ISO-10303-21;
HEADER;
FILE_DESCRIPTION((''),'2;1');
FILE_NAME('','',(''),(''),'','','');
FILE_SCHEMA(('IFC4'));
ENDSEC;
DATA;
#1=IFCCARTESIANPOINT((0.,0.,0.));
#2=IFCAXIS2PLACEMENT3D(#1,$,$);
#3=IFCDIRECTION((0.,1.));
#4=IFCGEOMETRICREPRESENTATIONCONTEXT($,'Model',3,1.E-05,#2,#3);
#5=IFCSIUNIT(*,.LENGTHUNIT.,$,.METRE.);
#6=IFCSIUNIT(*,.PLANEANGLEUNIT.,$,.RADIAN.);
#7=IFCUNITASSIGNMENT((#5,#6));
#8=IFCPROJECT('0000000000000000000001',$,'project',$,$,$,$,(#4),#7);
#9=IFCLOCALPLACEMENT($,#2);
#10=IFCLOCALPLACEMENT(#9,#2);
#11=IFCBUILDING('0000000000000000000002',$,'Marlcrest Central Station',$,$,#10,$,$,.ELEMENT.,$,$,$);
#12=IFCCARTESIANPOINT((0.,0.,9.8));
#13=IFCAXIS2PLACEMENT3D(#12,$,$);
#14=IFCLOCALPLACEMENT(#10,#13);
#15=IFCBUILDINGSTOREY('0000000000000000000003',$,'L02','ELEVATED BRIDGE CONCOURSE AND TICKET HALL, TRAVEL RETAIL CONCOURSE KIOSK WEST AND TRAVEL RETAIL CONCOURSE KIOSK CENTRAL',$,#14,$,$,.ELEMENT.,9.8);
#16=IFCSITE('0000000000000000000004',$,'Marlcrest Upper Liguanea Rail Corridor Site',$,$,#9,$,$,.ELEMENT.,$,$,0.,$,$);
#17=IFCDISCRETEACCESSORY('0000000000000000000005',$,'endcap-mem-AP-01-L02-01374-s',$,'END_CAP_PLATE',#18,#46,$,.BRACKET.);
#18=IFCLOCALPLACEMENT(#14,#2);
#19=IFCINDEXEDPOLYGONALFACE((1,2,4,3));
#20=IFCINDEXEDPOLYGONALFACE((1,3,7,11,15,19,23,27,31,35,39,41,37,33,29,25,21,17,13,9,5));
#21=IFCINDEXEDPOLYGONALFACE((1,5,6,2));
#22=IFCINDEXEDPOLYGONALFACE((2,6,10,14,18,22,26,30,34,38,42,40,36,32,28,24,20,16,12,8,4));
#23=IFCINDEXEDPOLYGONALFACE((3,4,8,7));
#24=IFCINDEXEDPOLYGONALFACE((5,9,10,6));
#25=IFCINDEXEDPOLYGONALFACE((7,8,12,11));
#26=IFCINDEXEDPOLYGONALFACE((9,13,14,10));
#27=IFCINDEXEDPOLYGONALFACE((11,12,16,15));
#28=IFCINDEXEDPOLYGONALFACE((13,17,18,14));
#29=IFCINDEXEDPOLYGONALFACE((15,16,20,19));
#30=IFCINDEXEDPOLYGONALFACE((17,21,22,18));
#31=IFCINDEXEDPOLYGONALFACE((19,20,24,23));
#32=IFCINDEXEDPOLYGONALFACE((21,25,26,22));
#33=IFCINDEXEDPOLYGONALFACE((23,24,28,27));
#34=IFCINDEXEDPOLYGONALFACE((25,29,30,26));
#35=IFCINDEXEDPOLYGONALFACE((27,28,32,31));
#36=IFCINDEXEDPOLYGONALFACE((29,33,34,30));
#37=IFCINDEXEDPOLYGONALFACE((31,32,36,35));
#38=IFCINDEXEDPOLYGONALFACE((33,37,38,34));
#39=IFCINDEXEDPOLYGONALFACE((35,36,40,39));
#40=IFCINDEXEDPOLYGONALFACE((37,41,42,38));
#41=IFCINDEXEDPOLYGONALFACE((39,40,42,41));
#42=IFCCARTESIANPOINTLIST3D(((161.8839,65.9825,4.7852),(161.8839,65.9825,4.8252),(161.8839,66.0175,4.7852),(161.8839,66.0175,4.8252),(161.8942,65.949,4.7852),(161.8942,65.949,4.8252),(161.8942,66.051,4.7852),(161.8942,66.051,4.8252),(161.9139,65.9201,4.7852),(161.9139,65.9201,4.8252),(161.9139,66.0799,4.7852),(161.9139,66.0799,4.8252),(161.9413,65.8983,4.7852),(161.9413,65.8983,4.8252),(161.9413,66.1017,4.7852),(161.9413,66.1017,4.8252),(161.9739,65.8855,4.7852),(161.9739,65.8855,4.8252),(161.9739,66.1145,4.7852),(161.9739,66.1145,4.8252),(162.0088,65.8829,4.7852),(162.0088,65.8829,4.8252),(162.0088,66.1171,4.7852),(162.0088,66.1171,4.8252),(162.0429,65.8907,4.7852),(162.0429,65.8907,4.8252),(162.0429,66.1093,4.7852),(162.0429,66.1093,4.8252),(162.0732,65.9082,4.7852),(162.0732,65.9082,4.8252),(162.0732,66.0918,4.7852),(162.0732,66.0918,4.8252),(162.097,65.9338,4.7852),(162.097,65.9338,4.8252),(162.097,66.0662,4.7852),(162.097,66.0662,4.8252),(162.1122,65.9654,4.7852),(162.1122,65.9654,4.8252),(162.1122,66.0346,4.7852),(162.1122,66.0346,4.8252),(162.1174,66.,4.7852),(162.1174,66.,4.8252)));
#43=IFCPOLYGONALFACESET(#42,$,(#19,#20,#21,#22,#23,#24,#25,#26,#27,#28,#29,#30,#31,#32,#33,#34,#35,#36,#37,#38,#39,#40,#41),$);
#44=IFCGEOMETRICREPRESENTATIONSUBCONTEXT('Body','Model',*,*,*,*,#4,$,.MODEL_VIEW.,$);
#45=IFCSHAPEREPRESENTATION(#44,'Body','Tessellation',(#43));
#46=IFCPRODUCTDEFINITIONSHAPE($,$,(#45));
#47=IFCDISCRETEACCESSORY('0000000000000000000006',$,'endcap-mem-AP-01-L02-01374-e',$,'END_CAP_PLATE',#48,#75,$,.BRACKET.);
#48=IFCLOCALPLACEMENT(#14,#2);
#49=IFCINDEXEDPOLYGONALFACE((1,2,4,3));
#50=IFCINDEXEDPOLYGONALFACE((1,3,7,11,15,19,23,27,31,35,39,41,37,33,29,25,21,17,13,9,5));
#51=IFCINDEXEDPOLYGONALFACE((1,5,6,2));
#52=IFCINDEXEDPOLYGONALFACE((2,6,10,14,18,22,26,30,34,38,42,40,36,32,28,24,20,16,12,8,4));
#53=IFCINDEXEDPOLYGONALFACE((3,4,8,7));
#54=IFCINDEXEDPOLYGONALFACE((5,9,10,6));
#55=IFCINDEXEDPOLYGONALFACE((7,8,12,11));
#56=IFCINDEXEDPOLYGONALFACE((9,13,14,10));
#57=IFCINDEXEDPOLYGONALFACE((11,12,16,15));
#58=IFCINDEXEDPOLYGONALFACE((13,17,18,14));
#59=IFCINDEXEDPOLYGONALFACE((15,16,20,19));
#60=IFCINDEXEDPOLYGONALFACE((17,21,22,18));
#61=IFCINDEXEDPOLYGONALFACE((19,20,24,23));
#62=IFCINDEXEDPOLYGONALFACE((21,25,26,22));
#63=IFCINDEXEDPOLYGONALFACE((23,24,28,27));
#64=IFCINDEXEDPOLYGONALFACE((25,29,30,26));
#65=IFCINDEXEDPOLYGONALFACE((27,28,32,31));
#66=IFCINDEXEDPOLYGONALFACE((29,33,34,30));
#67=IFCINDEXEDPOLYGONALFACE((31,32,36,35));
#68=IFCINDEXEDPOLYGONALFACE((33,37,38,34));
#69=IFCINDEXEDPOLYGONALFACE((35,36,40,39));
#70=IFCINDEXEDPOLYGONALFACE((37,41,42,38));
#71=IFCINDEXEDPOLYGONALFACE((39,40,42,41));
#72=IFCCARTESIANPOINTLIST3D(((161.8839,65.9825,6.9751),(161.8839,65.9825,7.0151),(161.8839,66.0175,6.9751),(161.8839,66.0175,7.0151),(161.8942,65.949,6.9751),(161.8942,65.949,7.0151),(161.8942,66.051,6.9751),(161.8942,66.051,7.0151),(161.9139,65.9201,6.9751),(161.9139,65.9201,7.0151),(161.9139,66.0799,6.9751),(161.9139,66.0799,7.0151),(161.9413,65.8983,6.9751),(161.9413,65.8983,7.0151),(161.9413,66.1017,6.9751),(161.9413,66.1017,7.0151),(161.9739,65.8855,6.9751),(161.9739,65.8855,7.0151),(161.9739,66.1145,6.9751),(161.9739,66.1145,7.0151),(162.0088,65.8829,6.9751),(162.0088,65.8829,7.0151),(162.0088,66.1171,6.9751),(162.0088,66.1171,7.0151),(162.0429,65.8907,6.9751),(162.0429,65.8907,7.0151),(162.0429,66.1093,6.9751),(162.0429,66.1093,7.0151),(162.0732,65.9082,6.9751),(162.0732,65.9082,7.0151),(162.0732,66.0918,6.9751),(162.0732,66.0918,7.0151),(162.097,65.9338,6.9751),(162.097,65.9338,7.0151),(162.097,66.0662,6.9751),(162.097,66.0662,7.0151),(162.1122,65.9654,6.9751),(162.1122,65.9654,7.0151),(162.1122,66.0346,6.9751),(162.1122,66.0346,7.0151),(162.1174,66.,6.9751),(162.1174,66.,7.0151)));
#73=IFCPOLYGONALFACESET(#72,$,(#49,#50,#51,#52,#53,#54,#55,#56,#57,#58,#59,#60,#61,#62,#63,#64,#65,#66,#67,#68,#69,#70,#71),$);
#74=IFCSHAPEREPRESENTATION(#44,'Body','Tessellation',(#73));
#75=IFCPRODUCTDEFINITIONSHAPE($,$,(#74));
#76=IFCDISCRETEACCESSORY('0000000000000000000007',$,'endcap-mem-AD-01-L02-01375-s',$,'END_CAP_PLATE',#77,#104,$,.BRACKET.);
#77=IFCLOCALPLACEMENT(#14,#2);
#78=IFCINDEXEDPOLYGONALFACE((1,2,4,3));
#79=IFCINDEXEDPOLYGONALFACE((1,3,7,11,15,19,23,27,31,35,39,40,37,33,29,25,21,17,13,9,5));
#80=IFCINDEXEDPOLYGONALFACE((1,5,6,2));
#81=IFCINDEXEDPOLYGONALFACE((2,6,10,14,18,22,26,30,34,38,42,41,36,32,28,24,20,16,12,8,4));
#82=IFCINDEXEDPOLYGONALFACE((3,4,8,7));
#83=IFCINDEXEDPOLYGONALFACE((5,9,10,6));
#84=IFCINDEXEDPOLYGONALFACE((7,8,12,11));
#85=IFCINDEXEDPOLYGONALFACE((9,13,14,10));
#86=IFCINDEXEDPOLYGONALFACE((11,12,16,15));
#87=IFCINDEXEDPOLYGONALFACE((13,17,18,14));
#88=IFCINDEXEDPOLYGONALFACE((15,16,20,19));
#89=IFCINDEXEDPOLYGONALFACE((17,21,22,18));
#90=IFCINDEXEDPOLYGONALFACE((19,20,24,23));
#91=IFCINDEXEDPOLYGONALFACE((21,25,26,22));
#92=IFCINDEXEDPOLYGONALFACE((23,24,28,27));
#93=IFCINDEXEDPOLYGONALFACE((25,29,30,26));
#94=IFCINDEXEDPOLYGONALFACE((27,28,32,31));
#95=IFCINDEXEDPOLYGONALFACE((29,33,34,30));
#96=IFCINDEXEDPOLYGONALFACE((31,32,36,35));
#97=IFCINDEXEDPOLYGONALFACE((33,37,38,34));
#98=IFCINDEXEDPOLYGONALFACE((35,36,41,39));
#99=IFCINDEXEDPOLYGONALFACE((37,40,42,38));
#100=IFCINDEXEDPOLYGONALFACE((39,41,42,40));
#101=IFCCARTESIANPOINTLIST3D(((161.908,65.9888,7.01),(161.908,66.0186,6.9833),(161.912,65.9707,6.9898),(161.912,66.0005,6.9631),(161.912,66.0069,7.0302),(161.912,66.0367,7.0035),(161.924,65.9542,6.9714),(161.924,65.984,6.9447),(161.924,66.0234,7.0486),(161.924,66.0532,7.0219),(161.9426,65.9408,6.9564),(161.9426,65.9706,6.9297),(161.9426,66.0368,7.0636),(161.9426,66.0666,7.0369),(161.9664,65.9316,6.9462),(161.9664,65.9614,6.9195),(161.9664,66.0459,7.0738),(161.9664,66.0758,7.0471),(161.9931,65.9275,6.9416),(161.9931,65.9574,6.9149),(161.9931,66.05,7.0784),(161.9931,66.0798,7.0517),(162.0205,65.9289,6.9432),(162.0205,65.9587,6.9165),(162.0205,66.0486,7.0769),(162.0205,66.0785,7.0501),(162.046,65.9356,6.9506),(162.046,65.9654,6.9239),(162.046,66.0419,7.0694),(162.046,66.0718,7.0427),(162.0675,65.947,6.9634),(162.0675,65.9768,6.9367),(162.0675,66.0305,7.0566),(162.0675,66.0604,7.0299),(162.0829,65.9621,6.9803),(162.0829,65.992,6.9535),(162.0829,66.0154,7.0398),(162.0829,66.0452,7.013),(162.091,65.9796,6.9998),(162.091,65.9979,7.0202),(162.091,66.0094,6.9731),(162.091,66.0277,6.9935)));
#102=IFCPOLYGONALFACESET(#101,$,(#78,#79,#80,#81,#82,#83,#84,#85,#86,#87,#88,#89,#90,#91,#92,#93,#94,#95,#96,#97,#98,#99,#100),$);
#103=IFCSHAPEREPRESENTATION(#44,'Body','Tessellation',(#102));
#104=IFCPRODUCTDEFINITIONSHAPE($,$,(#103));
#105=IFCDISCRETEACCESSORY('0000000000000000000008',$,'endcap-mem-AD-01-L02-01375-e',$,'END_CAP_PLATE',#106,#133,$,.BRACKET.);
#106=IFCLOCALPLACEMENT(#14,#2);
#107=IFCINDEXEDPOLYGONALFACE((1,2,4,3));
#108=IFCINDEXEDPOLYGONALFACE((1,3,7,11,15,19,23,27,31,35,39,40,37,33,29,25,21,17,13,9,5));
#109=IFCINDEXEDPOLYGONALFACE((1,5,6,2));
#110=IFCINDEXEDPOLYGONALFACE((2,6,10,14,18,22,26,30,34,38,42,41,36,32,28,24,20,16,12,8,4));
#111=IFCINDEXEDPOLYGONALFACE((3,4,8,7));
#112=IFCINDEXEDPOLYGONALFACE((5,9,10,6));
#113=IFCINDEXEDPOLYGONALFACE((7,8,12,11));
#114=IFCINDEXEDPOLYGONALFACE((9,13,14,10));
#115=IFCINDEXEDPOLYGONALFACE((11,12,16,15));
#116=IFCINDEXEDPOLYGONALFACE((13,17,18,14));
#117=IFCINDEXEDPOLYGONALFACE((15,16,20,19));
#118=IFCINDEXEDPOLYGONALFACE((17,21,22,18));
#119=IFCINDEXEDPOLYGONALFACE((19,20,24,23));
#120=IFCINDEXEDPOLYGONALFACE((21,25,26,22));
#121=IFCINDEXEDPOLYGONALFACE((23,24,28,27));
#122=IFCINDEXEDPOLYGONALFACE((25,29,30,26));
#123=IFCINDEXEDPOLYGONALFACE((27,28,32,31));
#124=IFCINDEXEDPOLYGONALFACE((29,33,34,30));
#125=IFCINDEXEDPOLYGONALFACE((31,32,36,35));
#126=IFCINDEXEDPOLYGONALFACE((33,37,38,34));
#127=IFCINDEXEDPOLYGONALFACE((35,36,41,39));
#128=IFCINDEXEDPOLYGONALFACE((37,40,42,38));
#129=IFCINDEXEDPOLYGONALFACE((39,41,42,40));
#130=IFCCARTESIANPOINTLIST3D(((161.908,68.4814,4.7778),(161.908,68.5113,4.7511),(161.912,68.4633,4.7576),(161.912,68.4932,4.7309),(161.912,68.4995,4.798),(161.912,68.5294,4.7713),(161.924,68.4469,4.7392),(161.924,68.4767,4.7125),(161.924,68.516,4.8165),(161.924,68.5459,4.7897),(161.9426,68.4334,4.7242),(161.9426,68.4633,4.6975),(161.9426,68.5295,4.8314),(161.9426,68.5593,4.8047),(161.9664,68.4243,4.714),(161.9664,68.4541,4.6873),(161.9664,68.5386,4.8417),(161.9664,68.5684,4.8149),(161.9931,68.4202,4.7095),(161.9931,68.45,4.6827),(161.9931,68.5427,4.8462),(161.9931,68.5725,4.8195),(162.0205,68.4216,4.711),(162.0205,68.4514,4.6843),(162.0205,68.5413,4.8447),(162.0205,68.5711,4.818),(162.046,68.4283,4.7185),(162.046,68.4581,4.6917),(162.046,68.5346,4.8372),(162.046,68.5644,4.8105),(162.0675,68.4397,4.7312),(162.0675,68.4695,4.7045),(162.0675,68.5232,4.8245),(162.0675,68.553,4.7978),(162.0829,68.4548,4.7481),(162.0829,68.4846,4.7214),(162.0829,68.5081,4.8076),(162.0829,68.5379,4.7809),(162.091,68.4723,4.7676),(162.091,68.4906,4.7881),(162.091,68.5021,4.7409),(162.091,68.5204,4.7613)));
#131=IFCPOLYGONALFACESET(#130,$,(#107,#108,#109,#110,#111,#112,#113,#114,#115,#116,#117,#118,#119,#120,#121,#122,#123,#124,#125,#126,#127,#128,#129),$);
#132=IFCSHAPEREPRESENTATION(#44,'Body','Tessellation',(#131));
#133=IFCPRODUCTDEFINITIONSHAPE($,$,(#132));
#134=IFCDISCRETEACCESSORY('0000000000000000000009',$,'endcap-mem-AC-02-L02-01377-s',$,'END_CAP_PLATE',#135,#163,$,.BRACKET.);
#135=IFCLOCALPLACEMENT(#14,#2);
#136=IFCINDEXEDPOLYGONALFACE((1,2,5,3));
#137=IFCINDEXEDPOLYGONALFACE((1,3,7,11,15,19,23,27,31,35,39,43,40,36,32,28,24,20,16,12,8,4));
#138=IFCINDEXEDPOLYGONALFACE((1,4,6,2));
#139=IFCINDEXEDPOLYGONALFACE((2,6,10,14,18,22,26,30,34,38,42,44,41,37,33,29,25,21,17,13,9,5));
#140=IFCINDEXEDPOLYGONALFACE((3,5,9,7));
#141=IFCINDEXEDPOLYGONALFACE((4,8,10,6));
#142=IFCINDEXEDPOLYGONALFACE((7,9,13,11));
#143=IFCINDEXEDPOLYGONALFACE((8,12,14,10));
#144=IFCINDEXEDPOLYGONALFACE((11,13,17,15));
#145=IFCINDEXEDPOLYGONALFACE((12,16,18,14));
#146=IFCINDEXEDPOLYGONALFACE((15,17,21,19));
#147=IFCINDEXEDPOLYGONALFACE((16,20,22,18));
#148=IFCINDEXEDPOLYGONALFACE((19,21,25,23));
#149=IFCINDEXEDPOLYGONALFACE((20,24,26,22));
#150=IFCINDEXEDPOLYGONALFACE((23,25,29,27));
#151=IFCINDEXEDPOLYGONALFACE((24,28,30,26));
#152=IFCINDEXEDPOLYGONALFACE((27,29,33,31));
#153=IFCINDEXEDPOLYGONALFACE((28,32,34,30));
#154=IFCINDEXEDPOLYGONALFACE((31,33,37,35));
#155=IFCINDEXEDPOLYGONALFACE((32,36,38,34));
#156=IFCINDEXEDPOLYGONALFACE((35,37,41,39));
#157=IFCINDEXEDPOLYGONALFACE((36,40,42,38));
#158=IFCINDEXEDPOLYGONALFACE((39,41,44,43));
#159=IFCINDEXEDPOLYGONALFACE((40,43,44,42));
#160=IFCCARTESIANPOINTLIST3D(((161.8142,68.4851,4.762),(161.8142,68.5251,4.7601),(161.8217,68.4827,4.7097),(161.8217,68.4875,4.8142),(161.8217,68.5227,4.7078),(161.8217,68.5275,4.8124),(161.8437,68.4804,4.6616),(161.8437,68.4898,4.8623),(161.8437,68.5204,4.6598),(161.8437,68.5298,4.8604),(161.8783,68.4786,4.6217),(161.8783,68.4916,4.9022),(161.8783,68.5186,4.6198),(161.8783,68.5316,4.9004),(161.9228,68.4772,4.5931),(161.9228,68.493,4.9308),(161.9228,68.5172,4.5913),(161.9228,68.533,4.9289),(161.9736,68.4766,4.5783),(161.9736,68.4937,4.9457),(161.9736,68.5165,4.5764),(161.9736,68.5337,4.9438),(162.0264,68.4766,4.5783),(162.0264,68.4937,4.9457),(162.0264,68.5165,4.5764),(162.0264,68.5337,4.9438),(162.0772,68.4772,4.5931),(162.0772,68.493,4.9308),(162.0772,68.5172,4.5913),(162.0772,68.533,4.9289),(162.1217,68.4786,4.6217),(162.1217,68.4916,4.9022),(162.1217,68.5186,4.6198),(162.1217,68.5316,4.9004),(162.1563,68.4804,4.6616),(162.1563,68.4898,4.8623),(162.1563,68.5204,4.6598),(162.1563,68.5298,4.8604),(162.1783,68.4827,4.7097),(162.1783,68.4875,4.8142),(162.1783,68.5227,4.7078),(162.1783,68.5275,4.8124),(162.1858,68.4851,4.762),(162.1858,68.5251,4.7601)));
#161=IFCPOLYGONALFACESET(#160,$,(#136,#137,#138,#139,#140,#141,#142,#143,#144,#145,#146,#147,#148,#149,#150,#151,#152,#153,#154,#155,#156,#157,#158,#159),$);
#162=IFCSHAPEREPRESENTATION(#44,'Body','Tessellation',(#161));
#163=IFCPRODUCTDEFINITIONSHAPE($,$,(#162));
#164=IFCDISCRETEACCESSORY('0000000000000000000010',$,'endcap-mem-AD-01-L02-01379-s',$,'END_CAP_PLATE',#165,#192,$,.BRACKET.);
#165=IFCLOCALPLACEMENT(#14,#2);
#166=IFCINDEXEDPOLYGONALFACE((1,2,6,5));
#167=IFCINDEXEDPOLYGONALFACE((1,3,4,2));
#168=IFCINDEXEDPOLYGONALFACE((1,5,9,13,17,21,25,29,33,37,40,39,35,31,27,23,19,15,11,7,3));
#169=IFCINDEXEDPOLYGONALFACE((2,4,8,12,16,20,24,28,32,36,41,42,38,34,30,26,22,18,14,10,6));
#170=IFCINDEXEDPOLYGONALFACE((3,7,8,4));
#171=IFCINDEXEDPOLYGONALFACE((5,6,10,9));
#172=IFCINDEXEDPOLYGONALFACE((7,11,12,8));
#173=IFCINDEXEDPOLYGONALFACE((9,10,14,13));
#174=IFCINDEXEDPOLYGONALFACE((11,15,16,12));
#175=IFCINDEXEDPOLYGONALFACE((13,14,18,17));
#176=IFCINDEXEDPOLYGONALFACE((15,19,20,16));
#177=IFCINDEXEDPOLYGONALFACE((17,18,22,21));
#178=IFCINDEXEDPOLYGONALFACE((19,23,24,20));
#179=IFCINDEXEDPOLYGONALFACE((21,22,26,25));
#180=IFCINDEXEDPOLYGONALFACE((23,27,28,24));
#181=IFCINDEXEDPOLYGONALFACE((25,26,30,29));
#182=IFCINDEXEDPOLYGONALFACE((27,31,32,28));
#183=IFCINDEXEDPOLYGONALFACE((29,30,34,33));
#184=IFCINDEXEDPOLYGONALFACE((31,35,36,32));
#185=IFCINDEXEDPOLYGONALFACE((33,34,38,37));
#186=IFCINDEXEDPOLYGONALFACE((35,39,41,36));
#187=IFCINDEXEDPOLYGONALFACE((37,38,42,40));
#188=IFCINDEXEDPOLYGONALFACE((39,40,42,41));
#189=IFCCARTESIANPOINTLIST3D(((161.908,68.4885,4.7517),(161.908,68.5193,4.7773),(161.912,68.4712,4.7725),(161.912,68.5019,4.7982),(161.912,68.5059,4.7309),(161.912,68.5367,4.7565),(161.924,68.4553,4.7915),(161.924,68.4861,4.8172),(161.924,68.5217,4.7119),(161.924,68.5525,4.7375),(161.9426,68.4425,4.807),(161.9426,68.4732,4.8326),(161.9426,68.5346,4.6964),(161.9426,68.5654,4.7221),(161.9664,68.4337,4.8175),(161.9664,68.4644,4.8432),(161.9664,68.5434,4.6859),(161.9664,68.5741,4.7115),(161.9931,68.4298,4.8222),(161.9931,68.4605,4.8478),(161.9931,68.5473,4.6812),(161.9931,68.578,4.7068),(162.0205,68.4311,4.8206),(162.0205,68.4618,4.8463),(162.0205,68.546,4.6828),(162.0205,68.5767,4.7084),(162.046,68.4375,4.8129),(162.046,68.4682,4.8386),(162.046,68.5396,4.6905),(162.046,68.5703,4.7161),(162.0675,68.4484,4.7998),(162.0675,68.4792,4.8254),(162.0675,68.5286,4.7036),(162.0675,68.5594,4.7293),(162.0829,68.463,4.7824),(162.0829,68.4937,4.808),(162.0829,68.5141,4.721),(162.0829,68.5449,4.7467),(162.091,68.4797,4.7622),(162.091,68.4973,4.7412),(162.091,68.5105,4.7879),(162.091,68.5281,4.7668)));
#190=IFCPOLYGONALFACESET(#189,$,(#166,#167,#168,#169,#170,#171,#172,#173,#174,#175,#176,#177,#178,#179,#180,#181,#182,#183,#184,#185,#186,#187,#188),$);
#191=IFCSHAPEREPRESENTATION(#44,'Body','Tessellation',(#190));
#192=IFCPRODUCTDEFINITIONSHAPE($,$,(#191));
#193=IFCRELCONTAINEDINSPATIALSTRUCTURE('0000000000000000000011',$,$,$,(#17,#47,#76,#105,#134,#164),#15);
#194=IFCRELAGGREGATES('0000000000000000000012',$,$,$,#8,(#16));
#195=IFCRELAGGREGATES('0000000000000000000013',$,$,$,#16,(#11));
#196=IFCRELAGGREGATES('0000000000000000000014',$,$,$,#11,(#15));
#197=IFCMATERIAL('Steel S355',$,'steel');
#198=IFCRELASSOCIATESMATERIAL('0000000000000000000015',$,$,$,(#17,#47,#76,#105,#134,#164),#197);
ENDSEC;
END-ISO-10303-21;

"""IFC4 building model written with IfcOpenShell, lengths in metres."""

from ifc_helpers import new_model, si_unit, direction, frame, origin, origin_2d, place, context, subcontext, project, spatial, circle, extrude, material, element, save


model = new_model("IFC4")

# Units and contexts
model_context = context("Model", 3, precision=1e-05, world=origin(), true_north=direction((0.0, 1.0)))
body_context = subcontext(model_context, "Body", "Model", "MODEL_VIEW")
ifc_project = project(units=[si_unit("LENGTHUNIT", "METRE"), si_unit("PLANEANGLEUNIT", "RADIAN")], contexts=[model_context])

# Site, building, storey
site_placement = place(None, origin())
site = spatial("IfcSite", under=ifc_project, at=site_placement, Name="Marlcrest Upper Liguanea Rail Corridor Site", CompositionType="ELEMENT", RefElevation=0.0)
building_placement = place(site_placement, origin())
building = spatial("IfcBuilding", under=site, at=building_placement, Name="Marlcrest Central Station", CompositionType="ELEMENT")
storey_placement = place(building_placement, frame((0.0, 0.0, 9.8)))
storey = spatial("IfcBuildingStorey", under=building, at=storey_placement, Name="L02", Description="ELEVATED BRIDGE CONCOURSE AND TICKET HALL, TRAVEL RETAIL CONCOURSE KIOSK WEST AND TRAVEL RETAIL CONCOURSE KIOSK CENTRAL", CompositionType="ELEMENT", Elevation=9.8)

# Shared definitions
ifc_material = material(Name="Steel S355", Category="steel")

# Discrete accessories
for number, where, z_axis, x_axis, name in (
    (1, (162.0, 66.0, 4.7852), (0.0, 0.0, 1.0), (1.0, 0.0, 0.0), "endcap-mem-AP-01-L02-01374-s"),
    (2, (162.0, 66.0, 6.9751), (0.0, 0.0, 1.0), (1.0, 0.0, 0.0), "endcap-mem-AP-01-L02-01374-e"),
):
    element("IfcDiscreteAccessory", number, at=place(storey_placement, frame(where, z_axis=z_axis, x_axis=x_axis)), inside=storey, material=ifc_material, Name=name, ObjectType="END_CAP_PLATE", PredefinedType="BRACKET", context=body_context, shape_type="SweptSolid", body=[
        extrude(circle(Radius=0.1174, at=origin_2d()), origin(), (0.0, 0.0, 1.0), 0.04),
    ])
for number, where, z_axis, x_axis, name in (
    (3, (162.0, 65.9888, 7.01), (0.0, 0.744956, -0.667114), (-1.0, 0.0, 0.0), "endcap-mem-AD-01-L02-01375-s"),
    (4, (162.0, 68.4814, 4.7778), (0.0, 0.744956, -0.667114), (-1.0, 0.0, 0.0), "endcap-mem-AD-01-L02-01375-e"),
):
    element("IfcDiscreteAccessory", number, at=place(storey_placement, frame(where, z_axis=z_axis, x_axis=x_axis)), inside=storey, material=ifc_material, Name=name, ObjectType="END_CAP_PLATE", PredefinedType="BRACKET", context=body_context, shape_type="SweptSolid", body=[
        extrude(circle(Radius=0.092, at=origin_2d()), origin(), (0.0, 0.0, 1.0), 0.04),
    ])
discrete_accessory_1_placement = place(storey_placement, frame((162.0, 68.4851, 4.762), z_axis=(0.0, 0.998917, -0.046532), x_axis=(-1.0, 0.0, 0.0)))
element("IfcDiscreteAccessory", 5, at=discrete_accessory_1_placement, inside=storey, material=ifc_material, Name="endcap-mem-AC-02-L02-01377-s", ObjectType="END_CAP_PLATE", PredefinedType="BRACKET", context=body_context, shape_type="SweptSolid", body=[
    extrude(circle(Radius=0.1858, at=origin_2d()), origin(), (0.0, 0.0, 1.0), 0.04),
])
discrete_accessory_2_placement = place(storey_placement, frame((162.0, 68.4885, 4.7517), z_axis=(0.0, 0.76816, 0.640258), x_axis=(-1.0, 0.0, 0.0)))
element("IfcDiscreteAccessory", 6, at=discrete_accessory_2_placement, inside=storey, material=ifc_material, Name="endcap-mem-AD-01-L02-01379-s", ObjectType="END_CAP_PLATE", PredefinedType="BRACKET", context=body_context, shape_type="SweptSolid", body=[
    extrude(circle(Radius=0.092, at=origin_2d()), origin(), (0.0, 0.0, 1.0), 0.04),
])

save(model, "model.ifc")
